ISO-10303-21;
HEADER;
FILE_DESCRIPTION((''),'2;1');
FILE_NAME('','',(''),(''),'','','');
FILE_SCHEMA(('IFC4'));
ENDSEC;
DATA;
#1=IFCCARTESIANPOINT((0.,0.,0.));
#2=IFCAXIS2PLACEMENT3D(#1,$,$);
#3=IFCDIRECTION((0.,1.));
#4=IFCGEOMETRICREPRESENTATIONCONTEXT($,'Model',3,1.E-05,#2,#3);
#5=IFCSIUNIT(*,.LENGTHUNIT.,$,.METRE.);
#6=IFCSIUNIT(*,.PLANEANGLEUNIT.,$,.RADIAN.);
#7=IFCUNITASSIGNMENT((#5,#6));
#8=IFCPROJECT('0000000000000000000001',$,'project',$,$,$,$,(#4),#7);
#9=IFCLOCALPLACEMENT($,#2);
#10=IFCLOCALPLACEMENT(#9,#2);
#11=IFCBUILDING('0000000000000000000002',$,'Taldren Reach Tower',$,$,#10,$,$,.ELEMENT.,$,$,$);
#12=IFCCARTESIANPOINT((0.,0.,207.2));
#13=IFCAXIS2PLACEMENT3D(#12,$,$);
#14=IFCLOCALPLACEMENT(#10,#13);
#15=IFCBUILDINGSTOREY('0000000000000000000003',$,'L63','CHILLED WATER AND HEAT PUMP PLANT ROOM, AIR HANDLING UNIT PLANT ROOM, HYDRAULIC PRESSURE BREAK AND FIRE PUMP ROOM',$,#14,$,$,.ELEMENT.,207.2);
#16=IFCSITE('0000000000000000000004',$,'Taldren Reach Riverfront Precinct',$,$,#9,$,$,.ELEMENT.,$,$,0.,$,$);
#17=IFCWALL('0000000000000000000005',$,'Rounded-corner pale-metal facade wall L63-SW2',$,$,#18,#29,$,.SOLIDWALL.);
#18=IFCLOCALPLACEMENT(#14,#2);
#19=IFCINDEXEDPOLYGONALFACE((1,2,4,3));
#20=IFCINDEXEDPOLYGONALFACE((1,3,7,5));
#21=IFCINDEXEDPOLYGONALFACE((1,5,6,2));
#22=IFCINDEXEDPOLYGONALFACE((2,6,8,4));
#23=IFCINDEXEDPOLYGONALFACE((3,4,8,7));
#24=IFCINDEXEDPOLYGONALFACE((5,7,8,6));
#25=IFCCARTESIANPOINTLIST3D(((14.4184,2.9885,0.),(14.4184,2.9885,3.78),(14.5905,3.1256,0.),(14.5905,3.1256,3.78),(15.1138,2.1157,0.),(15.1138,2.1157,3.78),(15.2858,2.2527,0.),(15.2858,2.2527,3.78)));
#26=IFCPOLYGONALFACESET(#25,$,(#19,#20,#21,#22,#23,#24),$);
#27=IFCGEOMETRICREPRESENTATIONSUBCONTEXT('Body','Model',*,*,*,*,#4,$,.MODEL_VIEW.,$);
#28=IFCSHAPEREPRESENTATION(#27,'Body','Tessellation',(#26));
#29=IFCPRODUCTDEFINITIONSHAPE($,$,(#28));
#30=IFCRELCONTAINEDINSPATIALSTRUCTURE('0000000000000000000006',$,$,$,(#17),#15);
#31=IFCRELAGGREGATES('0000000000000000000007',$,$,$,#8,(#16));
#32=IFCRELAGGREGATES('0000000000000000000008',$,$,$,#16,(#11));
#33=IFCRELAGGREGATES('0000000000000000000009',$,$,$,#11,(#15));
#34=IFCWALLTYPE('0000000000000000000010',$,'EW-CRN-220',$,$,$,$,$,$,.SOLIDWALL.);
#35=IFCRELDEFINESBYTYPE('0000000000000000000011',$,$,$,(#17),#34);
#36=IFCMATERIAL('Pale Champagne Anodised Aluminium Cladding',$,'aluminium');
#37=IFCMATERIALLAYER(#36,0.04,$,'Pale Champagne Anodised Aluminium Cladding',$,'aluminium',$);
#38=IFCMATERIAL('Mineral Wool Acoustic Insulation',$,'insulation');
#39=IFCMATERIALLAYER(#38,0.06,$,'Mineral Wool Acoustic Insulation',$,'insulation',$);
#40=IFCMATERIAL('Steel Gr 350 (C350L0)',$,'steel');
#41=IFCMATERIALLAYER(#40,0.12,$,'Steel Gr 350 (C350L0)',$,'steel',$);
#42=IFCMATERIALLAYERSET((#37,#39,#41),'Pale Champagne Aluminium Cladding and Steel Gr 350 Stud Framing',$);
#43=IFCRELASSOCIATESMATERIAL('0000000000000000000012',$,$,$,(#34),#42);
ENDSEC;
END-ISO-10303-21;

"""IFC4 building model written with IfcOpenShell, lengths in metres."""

from ifc_helpers import new_model, si_unit, direction, frame, frame_2d, origin, place, context, subcontext, project, spatial, rectangle, extrude, source, transform, mapped, material, layer, layer_set, type_object, element, save


model = new_model("IFC4")

# Units and contexts
model_context = context("Model", 3, precision=1e-05, world=origin(), true_north=direction((0.0, 1.0)))
body_context = subcontext(model_context, "Body", "Model", "MODEL_VIEW")
ifc_project = project(units=[si_unit("LENGTHUNIT", "METRE"), si_unit("PLANEANGLEUNIT", "RADIAN")], contexts=[model_context])

# Site, building, storey
site_placement = place(None, origin())
site = spatial("IfcSite", under=ifc_project, at=site_placement, Name="Taldren Reach Riverfront Precinct", CompositionType="ELEMENT", RefElevation=0.0)
building_placement = place(site_placement, origin())
building = spatial("IfcBuilding", under=site, at=building_placement, Name="Taldren Reach Tower", CompositionType="ELEMENT")
storey_placement = place(building_placement, frame((0.0, 0.0, 207.2)))
storey = spatial("IfcBuildingStorey", under=building, at=storey_placement, Name="L63", Description="CHILLED WATER AND HEAT PUMP PLANT ROOM, AIR HANDLING UNIT PLANT ROOM, HYDRAULIC PRESSURE BREAK AND FIRE PUMP ROOM", CompositionType="ELEMENT", Elevation=207.2)

# Shared definitions
ifc_material_1 = material(Name="Steel Gr 350 (C350L0)", Category="steel")

# Wall
ifc_material_2 = material(Name="Pale Champagne Anodised Aluminium Cladding", Category="aluminium")
ifc_layer_1 = layer(ifc_material_2, 0.04, Name="Pale Champagne Anodised Aluminium Cladding", Category="aluminium")
ifc_material_3 = material(Name="Mineral Wool Acoustic Insulation", Category="insulation")
ifc_layer_2 = layer(ifc_material_3, 0.06, Name="Mineral Wool Acoustic Insulation", Category="insulation")
ifc_layer_3 = layer(ifc_material_1, 0.12, Name="Steel Gr 350 (C350L0)", Category="steel")
ifc_layer_set_1 = layer_set([ifc_layer_1, ifc_layer_2, ifc_layer_3], Name="Pale Champagne Aluminium Cladding and Steel Gr 350 Stud Framing")
wall_type = type_object("IfcWallType", Name="EW-CRN-220", PredefinedType="SOLIDWALL", material=ifc_layer_set_1)
shared_shape_1 = source(origin(), body_context, "Body", "SweptSolid", [
    extrude(rectangle(XDim=1.116, YDim=0.22, at=frame_2d((0.5581, 0.0))), origin(), (0.0, 0.0, 1.0), 3.78),
])
for number, where, z_axis, x_axis, name in (
    (1, (14.5044, 3.0571, 0.0), (0.0, 0.0, 1.0), (0.623093, -0.782148, 0.0), "Rounded-corner pale-metal facade wall L63-SW2"),
):
    element("IfcWall", number, at=place(storey_placement, frame(where, z_axis=z_axis, x_axis=x_axis)), inside=storey, type_object=wall_type, Name=name, PredefinedType="SOLIDWALL", context=body_context, shape_type="MappedRepresentation", body=[
        mapped(shared_shape_1, transform((0.0, 0.0, 0.0), scale=1.0)),
    ])

save(model, "model.ifc")
